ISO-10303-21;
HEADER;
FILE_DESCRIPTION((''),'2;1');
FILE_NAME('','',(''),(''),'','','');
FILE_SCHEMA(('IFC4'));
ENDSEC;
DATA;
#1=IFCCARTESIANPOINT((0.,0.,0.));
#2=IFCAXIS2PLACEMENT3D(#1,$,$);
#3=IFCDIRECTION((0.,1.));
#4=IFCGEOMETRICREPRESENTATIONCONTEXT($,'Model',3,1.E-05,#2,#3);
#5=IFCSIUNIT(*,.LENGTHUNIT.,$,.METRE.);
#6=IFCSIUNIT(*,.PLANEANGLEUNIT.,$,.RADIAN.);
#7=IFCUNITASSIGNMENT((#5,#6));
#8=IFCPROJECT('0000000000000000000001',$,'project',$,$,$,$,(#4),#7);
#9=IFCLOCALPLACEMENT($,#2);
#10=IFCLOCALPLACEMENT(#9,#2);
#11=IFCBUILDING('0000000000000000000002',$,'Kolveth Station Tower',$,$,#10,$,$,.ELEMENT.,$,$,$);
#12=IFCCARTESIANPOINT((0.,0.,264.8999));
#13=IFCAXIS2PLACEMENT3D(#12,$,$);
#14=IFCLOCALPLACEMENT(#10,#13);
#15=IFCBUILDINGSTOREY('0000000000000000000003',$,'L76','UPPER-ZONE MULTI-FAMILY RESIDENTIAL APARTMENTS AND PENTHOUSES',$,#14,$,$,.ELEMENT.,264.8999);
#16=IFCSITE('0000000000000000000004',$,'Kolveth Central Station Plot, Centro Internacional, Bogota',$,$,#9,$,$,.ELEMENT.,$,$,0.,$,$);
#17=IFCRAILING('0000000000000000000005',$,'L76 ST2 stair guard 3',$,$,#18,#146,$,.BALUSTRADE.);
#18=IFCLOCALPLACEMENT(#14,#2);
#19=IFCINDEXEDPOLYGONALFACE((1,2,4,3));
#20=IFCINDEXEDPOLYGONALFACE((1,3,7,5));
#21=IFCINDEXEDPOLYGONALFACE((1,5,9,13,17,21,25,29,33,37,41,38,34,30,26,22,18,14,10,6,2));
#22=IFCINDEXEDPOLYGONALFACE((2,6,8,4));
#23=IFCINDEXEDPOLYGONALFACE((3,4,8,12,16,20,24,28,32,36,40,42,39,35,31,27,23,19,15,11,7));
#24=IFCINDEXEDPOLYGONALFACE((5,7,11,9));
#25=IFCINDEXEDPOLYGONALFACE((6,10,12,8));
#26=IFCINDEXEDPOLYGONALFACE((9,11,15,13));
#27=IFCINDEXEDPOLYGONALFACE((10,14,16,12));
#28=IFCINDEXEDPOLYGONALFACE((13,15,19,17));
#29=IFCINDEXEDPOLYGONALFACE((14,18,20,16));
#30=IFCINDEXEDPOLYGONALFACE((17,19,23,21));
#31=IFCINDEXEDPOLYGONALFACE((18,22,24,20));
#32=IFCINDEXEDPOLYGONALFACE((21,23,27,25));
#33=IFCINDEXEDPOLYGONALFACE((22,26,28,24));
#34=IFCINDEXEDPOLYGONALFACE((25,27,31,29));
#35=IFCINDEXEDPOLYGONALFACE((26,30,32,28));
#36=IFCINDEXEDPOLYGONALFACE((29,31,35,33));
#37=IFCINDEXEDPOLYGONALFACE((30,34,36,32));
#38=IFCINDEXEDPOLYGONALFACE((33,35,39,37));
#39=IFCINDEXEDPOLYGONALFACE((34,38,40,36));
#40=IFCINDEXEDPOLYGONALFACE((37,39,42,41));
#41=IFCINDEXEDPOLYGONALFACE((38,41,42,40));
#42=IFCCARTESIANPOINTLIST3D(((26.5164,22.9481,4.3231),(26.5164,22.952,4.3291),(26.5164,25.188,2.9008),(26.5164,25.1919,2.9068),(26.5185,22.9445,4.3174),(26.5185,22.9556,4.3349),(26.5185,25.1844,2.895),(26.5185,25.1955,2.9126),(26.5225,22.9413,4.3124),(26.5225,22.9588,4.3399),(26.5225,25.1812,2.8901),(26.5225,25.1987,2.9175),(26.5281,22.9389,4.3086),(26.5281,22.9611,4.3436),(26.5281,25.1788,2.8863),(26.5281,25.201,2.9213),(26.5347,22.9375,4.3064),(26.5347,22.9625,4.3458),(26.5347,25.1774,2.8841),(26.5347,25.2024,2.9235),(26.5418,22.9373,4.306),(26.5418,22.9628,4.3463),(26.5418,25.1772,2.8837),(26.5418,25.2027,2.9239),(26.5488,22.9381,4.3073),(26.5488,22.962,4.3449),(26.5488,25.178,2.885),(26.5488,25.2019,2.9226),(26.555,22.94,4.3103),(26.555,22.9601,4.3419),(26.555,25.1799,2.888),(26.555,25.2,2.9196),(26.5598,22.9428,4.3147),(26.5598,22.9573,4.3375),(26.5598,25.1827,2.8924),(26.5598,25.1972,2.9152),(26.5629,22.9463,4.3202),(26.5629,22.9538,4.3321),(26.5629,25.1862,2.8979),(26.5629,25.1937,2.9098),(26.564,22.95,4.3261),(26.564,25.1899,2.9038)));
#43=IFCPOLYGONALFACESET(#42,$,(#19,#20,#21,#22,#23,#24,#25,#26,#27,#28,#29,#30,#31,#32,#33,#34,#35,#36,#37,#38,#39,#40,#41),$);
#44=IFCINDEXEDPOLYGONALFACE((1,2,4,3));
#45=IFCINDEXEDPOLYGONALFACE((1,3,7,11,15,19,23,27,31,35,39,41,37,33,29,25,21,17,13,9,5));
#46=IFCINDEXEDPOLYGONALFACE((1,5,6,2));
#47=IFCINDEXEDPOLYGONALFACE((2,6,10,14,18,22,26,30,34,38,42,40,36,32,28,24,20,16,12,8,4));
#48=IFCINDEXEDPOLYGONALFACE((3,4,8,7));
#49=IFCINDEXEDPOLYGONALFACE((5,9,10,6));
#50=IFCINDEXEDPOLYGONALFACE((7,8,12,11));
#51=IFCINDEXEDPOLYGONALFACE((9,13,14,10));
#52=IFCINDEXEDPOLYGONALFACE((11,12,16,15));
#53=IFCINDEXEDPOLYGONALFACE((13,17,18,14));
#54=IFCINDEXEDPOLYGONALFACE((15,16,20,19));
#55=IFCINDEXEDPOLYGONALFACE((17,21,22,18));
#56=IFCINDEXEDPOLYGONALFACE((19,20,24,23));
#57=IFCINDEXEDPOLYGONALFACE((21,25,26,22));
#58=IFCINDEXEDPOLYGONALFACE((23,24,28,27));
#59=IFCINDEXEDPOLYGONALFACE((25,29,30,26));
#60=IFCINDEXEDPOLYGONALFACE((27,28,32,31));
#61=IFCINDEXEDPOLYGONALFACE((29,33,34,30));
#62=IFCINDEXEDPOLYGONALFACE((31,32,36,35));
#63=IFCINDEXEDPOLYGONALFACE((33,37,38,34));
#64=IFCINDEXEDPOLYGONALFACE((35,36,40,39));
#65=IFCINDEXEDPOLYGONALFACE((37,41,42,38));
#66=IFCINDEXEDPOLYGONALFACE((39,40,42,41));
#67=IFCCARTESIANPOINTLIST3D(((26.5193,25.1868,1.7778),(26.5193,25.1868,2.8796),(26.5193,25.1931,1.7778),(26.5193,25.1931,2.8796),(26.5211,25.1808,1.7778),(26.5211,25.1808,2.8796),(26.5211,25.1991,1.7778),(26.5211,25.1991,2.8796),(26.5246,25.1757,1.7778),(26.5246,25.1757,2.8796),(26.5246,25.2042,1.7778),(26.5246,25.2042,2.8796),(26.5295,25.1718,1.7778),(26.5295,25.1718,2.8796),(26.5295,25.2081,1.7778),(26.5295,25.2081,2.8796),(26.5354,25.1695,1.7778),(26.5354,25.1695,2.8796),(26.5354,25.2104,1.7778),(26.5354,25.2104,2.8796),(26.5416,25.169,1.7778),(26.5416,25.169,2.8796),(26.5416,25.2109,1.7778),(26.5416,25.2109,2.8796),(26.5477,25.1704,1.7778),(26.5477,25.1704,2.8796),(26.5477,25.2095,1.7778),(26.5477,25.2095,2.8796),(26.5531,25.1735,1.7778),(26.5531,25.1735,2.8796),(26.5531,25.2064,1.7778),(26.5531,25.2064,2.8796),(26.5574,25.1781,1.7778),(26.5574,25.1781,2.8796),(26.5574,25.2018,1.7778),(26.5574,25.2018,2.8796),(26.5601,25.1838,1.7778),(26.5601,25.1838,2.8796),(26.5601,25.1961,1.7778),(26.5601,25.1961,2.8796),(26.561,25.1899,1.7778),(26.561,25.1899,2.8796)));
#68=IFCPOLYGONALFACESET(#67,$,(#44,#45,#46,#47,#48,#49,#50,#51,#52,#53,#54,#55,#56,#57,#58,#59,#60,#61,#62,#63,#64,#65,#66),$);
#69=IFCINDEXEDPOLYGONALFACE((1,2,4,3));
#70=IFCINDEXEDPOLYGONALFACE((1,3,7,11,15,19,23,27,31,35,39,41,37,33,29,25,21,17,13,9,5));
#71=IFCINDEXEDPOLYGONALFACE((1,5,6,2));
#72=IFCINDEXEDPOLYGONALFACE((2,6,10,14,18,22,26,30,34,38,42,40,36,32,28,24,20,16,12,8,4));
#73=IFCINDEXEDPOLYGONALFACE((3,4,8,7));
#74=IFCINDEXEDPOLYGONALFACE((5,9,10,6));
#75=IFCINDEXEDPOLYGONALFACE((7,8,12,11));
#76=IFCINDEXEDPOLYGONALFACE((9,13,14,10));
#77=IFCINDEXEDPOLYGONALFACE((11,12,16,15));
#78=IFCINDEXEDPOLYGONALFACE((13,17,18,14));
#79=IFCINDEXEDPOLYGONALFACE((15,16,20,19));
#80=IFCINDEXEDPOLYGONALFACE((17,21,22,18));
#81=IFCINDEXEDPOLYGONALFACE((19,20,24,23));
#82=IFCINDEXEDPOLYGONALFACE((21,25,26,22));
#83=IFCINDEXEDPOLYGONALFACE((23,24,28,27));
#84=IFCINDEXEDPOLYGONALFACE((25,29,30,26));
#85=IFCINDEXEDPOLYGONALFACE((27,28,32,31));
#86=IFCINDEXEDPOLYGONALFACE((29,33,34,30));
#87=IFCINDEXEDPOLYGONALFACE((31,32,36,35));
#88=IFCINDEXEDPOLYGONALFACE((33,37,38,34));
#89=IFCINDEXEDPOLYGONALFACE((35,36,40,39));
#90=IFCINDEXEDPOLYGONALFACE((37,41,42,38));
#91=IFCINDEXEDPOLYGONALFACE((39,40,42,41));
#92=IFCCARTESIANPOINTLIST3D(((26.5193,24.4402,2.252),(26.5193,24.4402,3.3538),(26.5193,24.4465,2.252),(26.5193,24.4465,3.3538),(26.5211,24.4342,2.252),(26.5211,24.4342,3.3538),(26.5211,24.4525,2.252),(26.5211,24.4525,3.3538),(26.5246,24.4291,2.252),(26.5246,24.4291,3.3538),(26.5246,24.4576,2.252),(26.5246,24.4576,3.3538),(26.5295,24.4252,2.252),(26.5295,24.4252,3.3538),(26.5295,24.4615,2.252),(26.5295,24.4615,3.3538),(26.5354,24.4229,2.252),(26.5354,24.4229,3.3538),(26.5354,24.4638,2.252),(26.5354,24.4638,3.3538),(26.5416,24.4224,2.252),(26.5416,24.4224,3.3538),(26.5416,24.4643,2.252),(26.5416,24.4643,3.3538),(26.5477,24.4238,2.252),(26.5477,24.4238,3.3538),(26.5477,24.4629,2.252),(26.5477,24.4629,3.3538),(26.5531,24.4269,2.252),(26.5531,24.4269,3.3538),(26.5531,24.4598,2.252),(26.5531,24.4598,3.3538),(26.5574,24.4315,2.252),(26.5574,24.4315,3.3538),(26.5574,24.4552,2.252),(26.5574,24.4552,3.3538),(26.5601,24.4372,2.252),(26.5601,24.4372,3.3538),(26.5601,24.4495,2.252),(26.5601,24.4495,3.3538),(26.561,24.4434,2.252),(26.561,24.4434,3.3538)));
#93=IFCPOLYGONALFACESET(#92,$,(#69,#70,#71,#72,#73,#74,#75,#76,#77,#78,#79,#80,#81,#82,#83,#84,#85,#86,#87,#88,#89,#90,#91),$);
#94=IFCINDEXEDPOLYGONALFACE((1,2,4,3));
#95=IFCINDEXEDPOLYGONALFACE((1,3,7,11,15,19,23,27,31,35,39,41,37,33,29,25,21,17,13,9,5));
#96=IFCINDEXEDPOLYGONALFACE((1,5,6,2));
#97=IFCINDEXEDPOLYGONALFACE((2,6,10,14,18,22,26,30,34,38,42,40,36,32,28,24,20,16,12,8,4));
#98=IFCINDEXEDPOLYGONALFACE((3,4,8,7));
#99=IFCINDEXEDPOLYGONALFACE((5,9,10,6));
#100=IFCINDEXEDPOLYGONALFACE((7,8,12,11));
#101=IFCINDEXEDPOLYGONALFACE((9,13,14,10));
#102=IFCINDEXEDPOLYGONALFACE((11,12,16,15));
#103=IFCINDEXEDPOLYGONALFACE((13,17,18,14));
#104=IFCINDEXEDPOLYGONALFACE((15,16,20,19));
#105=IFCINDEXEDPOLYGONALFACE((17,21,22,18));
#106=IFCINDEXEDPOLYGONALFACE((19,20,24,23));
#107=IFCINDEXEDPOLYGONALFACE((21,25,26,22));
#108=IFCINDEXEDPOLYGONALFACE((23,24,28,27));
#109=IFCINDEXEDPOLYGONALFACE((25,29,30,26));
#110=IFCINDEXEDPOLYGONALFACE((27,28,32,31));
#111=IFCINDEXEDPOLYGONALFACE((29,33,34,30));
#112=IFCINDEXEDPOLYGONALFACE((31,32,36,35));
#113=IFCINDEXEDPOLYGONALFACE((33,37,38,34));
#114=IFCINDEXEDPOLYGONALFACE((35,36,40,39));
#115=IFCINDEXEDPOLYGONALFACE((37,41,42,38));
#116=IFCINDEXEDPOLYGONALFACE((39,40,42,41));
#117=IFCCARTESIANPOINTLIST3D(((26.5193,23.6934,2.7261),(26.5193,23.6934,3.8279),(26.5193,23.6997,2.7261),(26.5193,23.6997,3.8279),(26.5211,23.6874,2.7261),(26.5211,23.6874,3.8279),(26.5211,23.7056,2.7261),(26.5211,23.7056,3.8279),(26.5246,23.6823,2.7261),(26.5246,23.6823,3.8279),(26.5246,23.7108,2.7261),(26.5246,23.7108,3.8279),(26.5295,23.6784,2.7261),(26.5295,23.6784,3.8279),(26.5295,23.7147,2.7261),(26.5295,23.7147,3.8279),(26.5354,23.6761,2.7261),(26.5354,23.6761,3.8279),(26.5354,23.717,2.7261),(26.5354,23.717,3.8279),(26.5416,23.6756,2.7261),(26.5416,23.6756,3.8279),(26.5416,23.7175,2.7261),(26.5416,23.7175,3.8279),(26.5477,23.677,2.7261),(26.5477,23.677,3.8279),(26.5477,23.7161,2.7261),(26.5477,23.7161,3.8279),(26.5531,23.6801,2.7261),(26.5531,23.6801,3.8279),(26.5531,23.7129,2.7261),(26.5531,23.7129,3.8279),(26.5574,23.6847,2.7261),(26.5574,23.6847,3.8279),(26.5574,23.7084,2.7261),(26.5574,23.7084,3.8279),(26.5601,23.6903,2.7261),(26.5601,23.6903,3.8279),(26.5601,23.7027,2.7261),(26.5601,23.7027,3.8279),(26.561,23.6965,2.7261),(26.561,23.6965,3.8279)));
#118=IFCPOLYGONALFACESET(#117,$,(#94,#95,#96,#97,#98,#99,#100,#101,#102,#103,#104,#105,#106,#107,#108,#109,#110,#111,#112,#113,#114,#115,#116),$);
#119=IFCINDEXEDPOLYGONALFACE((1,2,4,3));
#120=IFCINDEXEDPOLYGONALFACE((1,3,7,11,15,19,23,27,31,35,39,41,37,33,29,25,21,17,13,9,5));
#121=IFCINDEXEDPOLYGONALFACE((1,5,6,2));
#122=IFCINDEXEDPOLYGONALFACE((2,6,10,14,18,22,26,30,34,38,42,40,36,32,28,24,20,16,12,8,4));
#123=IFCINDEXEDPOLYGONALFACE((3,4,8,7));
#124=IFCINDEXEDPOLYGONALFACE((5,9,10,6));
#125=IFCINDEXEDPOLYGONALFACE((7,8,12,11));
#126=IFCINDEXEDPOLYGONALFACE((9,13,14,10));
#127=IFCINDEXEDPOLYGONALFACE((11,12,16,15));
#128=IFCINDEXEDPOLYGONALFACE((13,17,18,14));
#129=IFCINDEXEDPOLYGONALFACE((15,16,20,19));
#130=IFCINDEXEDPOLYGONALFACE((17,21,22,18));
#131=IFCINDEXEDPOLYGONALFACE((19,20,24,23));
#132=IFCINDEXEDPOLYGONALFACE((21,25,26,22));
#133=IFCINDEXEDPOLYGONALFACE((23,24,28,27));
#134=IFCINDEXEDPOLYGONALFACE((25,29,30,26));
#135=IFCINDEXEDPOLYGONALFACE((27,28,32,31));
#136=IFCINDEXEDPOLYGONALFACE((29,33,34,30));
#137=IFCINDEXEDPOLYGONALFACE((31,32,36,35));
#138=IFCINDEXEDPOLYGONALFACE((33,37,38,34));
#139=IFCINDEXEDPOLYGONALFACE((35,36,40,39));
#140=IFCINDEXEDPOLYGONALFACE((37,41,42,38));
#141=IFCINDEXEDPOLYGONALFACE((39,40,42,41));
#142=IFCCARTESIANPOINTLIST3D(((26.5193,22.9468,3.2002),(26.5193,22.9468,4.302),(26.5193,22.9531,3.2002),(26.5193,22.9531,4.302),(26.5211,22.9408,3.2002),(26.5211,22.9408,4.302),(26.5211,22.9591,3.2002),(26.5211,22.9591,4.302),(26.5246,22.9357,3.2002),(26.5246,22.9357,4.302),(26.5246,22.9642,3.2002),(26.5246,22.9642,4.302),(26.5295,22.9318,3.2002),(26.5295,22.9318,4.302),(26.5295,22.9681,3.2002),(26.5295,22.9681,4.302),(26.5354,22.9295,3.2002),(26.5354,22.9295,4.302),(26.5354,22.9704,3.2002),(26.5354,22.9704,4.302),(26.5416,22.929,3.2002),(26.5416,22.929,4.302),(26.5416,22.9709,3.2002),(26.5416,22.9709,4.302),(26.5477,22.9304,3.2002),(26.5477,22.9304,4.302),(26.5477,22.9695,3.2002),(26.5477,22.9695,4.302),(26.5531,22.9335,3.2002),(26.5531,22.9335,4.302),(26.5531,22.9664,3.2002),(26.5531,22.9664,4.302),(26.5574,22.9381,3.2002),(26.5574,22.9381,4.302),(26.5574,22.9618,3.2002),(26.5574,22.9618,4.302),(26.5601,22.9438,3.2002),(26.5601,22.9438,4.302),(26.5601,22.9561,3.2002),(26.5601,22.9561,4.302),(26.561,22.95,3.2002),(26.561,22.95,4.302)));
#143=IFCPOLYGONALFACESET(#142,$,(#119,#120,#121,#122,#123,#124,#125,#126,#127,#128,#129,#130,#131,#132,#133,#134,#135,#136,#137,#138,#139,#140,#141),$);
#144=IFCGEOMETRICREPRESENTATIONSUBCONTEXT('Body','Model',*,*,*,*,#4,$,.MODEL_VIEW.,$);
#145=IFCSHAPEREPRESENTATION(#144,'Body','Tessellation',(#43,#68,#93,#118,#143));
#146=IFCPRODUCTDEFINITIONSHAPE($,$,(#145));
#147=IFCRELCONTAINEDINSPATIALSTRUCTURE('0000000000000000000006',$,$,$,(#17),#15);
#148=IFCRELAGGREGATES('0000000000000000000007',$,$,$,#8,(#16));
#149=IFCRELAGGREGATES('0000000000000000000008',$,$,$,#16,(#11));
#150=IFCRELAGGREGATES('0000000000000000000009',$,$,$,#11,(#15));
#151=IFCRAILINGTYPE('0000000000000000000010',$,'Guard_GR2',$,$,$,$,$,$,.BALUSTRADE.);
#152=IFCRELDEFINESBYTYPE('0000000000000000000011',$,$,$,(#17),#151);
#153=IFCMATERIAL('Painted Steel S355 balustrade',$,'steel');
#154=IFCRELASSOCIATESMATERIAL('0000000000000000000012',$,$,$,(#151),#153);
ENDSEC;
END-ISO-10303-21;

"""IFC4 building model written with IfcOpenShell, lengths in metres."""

from ifc_helpers import new_model, si_unit, direction, frame, origin, origin_2d, place, context, subcontext, project, spatial, circle, extrude, material, type_object, element, save


model = new_model("IFC4")

# Units and contexts
model_context = context("Model", 3, precision=1e-05, world=origin(), true_north=direction((0.0, 1.0)))
body_context = subcontext(model_context, "Body", "Model", "MODEL_VIEW")
ifc_project = project(units=[si_unit("LENGTHUNIT", "METRE"), si_unit("PLANEANGLEUNIT", "RADIAN")], contexts=[model_context])

# Site, building, storey
site_placement = place(None, origin())
site = spatial("IfcSite", under=ifc_project, at=site_placement, Name="Kolveth Central Station Plot, Centro Internacional, Bogota", CompositionType="ELEMENT", RefElevation=0.0)
building_placement = place(site_placement, origin())
building = spatial("IfcBuilding", under=site, at=building_placement, Name="Kolveth Station Tower", CompositionType="ELEMENT")
storey_placement = place(building_placement, frame((0.0, 0.0, 264.8999)))
storey = spatial("IfcBuildingStorey", under=building, at=storey_placement, Name="L76", Description="UPPER-ZONE MULTI-FAMILY RESIDENTIAL APARTMENTS AND PENTHOUSES", CompositionType="ELEMENT", Elevation=264.8999)

# Railing
ifc_material_1 = material(Name="Painted Steel S355 balustrade", Category="steel")
railing_type_1 = type_object("IfcRailingType", Name="Guard_GR2", PredefinedType="BALUSTRADE", material=ifc_material_1)
railing_1_placement = place(storey_placement, frame((26.54, 25.1899, 1.7778)))
element("IfcRailing", 1, at=railing_1_placement, inside=storey, type_object=railing_type_1, Name="L76 ST2 stair guard 3", PredefinedType="BALUSTRADE", context=body_context, shape_type="SweptSolid", body=[
    extrude(circle(Radius=0.0239, at=origin_2d()), frame((0.0, 0.0, 1.126), z_axis=(0.0, -0.844188, 0.536048), x_axis=(1.0, 0.0, 0.0)), (0.0, 0.0, 1.0), 2.6533),
    extrude(circle(Radius=0.021, at=origin_2d()), origin(), (0.0, 0.0, 1.0), 1.1018),
    extrude(circle(Radius=0.021, at=origin_2d()), frame((0.0, -0.7466, 0.4741)), (0.0, 0.0, 1.0), 1.1018),
    extrude(circle(Radius=0.021, at=origin_2d()), frame((0.0, -1.4934, 0.9482)), (0.0, 0.0, 1.0), 1.1018),
    extrude(circle(Radius=0.021, at=origin_2d()), frame((0.0, -2.24, 1.4224)), (0.0, 0.0, 1.0), 1.1018),
])

save(model, "model.ifc")
